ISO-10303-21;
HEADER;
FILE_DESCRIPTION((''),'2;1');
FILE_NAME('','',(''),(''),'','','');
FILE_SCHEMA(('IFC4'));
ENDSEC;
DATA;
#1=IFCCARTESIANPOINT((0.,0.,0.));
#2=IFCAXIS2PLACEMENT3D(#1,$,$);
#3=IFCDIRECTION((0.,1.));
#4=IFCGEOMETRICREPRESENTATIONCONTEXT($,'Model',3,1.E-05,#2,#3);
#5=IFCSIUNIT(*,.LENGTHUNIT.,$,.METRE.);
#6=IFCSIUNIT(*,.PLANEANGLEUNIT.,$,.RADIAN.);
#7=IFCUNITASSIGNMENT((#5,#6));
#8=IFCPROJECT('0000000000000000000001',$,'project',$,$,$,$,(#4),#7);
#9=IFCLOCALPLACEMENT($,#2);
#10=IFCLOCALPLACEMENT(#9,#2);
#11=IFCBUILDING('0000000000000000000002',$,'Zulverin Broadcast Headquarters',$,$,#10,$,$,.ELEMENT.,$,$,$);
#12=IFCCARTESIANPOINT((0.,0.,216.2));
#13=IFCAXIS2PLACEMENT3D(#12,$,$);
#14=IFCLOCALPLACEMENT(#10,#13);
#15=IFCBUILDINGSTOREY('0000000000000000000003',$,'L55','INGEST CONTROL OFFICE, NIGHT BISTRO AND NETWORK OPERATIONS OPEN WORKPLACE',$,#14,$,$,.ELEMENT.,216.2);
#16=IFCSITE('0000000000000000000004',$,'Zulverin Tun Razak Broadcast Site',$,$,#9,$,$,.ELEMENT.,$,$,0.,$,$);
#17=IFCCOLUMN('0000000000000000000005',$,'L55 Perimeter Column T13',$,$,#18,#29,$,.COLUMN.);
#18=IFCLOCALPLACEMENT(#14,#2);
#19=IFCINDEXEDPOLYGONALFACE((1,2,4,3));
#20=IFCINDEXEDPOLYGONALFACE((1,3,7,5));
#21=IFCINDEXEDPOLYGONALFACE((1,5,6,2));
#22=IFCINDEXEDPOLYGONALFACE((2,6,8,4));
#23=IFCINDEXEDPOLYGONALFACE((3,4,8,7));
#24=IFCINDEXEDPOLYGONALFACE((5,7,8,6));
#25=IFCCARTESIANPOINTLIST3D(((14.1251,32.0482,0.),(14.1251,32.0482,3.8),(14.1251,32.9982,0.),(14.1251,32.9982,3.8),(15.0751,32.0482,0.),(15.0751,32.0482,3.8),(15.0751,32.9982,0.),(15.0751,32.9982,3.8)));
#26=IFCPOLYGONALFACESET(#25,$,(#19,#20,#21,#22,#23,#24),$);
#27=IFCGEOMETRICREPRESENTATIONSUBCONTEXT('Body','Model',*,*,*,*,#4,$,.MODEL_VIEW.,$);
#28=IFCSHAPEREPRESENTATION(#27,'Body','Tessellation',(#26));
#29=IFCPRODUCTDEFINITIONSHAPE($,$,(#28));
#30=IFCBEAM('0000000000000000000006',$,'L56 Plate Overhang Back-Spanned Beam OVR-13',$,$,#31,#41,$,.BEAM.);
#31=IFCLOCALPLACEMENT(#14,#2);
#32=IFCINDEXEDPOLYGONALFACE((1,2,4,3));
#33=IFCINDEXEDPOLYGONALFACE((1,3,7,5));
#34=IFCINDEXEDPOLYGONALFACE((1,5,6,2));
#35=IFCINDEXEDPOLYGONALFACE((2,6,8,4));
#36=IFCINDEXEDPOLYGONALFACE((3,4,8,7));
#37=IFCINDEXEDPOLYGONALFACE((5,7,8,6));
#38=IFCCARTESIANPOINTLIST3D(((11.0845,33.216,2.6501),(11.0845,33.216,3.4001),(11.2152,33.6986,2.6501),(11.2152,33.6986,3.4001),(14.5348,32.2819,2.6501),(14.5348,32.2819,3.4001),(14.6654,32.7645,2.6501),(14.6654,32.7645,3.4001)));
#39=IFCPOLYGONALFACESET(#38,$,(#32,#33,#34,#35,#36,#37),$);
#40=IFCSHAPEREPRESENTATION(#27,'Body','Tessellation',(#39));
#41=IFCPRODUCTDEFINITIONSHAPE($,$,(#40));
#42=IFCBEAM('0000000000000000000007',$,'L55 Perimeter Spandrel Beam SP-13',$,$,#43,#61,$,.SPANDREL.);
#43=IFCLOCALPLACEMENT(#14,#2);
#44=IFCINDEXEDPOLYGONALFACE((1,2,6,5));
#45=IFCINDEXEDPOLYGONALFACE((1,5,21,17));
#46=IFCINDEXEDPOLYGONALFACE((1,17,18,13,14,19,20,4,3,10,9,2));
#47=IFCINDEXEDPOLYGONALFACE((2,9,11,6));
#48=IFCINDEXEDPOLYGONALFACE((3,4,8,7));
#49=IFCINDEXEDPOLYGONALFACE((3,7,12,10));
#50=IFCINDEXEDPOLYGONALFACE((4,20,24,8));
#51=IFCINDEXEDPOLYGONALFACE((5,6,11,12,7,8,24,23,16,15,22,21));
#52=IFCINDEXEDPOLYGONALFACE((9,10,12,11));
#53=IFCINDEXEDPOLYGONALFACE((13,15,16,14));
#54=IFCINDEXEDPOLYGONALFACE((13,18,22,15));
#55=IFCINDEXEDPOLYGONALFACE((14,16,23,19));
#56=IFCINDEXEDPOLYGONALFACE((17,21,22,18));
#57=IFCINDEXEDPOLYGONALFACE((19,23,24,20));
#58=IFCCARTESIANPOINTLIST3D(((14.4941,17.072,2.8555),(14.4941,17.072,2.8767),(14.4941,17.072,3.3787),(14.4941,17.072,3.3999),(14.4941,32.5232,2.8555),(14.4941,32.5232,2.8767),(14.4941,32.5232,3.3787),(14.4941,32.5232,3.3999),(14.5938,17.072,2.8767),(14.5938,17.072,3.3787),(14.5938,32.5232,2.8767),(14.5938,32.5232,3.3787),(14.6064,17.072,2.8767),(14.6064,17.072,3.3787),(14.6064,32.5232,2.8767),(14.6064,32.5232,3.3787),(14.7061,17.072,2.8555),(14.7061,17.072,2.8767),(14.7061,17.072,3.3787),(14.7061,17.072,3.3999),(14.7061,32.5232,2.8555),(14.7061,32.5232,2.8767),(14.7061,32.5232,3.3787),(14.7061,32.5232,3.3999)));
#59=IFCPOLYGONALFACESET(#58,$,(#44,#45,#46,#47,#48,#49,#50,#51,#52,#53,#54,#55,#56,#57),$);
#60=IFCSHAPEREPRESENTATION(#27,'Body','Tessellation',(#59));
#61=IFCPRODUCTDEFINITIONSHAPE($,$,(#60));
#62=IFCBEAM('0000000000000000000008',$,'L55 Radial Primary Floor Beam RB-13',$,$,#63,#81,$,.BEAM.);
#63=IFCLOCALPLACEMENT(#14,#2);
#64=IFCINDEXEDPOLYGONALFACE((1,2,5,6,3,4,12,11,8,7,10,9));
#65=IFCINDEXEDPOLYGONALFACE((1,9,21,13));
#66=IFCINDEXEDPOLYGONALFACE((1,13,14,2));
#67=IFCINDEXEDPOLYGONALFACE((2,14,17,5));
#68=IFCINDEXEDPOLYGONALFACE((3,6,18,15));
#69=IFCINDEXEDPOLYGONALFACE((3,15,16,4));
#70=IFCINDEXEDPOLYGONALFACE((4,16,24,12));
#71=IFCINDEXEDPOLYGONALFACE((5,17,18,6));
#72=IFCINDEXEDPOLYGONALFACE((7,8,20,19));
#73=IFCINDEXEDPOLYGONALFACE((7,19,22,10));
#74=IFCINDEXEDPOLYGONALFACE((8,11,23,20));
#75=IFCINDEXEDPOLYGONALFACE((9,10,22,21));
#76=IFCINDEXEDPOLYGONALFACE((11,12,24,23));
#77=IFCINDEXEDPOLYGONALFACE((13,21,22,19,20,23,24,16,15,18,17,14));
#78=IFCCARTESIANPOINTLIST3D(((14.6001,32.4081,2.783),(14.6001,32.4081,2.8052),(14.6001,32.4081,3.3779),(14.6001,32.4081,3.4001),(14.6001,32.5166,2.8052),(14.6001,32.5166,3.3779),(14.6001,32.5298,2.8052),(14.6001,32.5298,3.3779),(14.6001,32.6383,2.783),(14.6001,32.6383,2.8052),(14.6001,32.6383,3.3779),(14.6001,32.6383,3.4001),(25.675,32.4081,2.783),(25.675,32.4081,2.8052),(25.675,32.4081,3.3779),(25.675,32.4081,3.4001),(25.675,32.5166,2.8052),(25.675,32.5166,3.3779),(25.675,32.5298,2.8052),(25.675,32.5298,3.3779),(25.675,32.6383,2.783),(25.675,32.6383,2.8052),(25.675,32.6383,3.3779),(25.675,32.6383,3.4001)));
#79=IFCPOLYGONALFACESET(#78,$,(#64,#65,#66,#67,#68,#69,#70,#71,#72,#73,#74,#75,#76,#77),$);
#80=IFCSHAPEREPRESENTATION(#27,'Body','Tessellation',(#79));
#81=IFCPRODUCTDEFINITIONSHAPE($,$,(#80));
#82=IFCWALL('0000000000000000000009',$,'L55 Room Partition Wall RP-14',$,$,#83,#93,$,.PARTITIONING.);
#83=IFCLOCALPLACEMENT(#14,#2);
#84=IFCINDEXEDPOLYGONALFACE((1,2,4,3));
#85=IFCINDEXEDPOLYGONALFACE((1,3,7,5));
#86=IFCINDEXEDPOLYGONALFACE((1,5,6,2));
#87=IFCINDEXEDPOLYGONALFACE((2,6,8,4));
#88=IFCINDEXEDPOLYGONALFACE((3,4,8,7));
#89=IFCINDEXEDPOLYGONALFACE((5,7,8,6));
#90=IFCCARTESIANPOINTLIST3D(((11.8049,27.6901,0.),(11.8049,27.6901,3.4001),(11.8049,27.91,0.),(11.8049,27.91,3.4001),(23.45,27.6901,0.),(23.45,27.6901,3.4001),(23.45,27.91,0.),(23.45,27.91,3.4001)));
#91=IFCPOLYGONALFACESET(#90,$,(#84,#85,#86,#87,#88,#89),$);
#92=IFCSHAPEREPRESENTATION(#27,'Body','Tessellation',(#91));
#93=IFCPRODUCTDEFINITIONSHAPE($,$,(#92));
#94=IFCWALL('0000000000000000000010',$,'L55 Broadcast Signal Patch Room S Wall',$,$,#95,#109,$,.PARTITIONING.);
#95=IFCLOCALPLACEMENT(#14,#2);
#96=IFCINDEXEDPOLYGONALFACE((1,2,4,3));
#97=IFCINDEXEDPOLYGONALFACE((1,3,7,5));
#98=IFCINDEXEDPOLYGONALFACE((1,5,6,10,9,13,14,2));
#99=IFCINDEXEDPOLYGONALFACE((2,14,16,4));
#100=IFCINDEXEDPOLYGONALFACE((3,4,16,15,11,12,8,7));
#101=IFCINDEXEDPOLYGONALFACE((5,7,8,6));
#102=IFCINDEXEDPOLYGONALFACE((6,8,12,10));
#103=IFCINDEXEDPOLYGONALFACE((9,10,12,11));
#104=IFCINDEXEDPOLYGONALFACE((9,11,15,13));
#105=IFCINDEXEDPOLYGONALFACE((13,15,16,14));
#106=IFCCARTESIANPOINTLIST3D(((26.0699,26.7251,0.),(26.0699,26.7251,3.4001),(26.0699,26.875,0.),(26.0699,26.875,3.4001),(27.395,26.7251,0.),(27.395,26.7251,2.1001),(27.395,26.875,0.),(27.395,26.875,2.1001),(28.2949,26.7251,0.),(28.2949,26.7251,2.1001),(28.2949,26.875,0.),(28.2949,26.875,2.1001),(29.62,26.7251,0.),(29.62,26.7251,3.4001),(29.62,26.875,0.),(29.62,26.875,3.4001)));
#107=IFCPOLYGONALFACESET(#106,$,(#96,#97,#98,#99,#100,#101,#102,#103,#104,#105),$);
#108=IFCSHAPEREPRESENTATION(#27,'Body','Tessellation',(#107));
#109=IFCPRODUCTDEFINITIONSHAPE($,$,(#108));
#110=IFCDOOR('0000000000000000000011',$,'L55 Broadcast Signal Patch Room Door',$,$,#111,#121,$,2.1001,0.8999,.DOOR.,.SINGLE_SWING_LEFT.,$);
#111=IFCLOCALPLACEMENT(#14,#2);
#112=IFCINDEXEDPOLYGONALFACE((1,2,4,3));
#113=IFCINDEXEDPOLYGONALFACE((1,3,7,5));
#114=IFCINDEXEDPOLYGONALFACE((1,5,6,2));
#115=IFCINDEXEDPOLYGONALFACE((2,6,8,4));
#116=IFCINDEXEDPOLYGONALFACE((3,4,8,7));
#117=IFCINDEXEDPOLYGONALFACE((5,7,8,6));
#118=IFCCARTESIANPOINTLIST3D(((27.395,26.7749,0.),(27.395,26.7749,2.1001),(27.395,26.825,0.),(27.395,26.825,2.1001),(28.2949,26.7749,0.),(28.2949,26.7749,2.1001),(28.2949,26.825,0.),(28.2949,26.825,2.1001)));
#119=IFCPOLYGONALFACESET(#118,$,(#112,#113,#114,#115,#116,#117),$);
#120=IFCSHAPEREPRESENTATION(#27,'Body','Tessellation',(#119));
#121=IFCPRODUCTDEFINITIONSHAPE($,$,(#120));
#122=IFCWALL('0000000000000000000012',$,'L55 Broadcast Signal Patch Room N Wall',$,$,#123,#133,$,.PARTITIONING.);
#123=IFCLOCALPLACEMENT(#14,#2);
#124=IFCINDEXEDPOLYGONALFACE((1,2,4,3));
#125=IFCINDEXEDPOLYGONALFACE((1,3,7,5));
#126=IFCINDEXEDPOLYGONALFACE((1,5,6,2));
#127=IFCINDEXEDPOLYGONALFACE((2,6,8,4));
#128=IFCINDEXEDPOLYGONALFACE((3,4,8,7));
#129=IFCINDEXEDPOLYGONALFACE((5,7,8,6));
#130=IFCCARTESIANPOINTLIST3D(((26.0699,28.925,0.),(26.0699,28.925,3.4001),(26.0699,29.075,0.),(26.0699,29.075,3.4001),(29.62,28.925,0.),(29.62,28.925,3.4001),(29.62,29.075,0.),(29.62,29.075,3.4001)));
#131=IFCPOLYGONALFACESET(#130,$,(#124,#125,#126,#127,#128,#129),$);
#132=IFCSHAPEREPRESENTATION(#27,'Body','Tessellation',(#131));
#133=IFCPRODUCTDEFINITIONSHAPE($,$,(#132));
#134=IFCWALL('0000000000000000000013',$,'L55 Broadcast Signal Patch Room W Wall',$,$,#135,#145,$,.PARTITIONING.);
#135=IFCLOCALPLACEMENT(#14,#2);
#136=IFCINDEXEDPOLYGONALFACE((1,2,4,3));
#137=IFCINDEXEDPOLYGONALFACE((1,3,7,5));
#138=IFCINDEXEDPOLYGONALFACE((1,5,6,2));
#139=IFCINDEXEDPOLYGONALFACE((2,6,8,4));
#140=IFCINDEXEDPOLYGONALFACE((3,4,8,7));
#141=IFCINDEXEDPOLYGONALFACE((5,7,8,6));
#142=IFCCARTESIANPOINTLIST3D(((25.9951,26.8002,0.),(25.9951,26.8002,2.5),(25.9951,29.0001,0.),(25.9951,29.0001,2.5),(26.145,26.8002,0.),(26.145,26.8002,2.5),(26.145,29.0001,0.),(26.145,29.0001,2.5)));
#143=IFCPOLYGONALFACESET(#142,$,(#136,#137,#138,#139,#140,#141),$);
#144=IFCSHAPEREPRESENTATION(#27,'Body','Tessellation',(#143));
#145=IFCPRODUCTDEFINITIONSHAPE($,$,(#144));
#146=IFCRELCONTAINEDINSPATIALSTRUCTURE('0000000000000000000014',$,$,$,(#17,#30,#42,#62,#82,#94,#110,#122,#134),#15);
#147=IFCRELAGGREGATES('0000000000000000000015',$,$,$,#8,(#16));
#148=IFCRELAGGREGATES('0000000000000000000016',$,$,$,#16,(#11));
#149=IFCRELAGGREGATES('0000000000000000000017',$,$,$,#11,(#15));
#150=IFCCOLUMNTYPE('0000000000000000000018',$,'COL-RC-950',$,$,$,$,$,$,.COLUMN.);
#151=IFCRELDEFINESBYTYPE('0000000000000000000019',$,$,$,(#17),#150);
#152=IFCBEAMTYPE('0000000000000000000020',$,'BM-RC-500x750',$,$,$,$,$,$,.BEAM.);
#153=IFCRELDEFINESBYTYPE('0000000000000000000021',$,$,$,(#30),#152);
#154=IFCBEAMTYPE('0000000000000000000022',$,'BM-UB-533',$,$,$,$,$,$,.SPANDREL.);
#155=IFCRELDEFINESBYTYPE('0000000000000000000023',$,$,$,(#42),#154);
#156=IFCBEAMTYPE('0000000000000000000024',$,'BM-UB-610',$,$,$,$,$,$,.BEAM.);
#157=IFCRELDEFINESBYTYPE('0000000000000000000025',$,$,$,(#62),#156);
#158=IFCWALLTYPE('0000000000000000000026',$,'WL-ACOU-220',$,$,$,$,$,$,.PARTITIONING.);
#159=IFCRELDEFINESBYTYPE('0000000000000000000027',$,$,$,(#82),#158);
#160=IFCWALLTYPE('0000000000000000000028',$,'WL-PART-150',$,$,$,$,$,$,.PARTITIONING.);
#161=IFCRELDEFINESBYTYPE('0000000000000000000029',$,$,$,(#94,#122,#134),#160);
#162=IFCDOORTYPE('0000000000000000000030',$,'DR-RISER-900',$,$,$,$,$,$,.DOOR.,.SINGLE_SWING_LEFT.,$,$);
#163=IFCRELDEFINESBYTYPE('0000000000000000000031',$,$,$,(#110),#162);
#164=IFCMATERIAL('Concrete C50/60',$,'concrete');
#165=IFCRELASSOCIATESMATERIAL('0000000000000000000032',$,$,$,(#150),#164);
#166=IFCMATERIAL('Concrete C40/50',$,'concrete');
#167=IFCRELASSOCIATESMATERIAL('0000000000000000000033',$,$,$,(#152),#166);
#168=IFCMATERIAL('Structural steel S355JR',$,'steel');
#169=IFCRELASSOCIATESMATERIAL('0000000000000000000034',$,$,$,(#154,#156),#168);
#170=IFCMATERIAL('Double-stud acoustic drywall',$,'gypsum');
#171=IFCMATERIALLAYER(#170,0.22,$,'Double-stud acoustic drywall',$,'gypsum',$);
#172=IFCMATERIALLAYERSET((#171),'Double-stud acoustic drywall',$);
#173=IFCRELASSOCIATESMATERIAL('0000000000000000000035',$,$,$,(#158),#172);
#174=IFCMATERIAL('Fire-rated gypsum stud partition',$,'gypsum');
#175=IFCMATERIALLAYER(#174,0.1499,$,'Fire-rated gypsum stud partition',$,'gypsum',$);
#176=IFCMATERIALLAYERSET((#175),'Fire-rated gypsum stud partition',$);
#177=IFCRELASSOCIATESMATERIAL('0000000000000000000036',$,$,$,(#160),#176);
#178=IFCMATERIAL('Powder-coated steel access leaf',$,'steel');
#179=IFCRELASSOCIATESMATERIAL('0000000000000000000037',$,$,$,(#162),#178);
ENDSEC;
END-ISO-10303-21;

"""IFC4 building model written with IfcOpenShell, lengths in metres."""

from ifc_helpers import new_model, si_unit, direction, frame, frame_2d, origin, origin_2d, place, context, subcontext, project, spatial, rectangle, i_section, extrude, material, layer, layer_set, material_profile, profile_set, type_object, element, fill, save


model = new_model("IFC4")

# Units and contexts
model_context = context("Model", 3, precision=1e-05, world=origin(), true_north=direction((0.0, 1.0)))
body_context = subcontext(model_context, "Body", "Model", "MODEL_VIEW")
ifc_project = project(units=[si_unit("LENGTHUNIT", "METRE"), si_unit("PLANEANGLEUNIT", "RADIAN")], contexts=[model_context])

# Site, building, storey
site_placement = place(None, origin())
site = spatial("IfcSite", under=ifc_project, at=site_placement, Name="Zulverin Tun Razak Broadcast Site", CompositionType="ELEMENT", RefElevation=0.0)
building_placement = place(site_placement, origin())
building = spatial("IfcBuilding", under=site, at=building_placement, Name="Zulverin Broadcast Headquarters", CompositionType="ELEMENT")
storey_placement = place(building_placement, frame((0.0, 0.0, 216.2)))
storey = spatial("IfcBuildingStorey", under=building, at=storey_placement, Name="L55", Description="INGEST CONTROL OFFICE, NIGHT BISTRO AND NETWORK OPERATIONS OPEN WORKPLACE", CompositionType="ELEMENT", Elevation=216.2)

# Column
ifc_material_1 = material(Name="Concrete C50/60", Category="concrete")
ifc_material_profile_1 = material_profile(ifc_material_1, rectangle(XDim=0.95, YDim=0.95, at=origin_2d()), Name="Concrete C50/60", Category="concrete")
ifc_profile_set_1 = profile_set([ifc_material_profile_1], Name="Concrete C50/60")
column_type = type_object("IfcColumnType", Name="COL-RC-950", PredefinedType="COLUMN", material=ifc_profile_set_1)
column_placement = place(storey_placement, frame((14.6001, 32.5232, 0.0), z_axis=(0.0, 0.0, 1.0), x_axis=(1.0, 0.0, 0.0)))
element("IfcColumn", 1, at=column_placement, inside=storey, type_object=column_type, Name="L55 Perimeter Column T13", PredefinedType="COLUMN", context=body_context, shape_type="SweptSolid", body=[
    extrude(rectangle(XDim=0.95, YDim=0.95, at=origin_2d()), origin(), (0.0, 0.0, 1.0), 3.8),
])

# Beams
ifc_material_2 = material(Name="Concrete C40/50", Category="concrete")
ifc_material_profile_2 = material_profile(ifc_material_2, rectangle(XDim=0.5, YDim=0.75, at=origin_2d()), Name="Concrete C40/50", Category="concrete")
ifc_profile_set_2 = profile_set([ifc_material_profile_2], Name="Concrete C40/50")
beam_type_1 = type_object("IfcBeamType", Name="BM-RC-500x750", PredefinedType="BEAM", material=ifc_profile_set_2)
beam_1_placement = place(storey_placement, frame((14.6001, 32.5232, 3.0251), z_axis=(-0.965251, 0.261325, 0.0), x_axis=(-0.261325, -0.965251, 0.0)))
element("IfcBeam", 2, at=beam_1_placement, inside=storey, type_object=beam_type_1, Name="L56 Plate Overhang Back-Spanned Beam OVR-13", PredefinedType="BEAM", context=body_context, shape_type="SweptSolid", body=[
    extrude(rectangle(XDim=0.5, YDim=0.75, at=origin_2d()), origin(), (0.0, 0.0, 1.0), 3.5745),
])
ifc_material_3 = material(Name="Structural steel S355JR", Category="steel")
ifc_material_profile_3 = material_profile(ifc_material_3, i_section(OverallWidth=0.2119, OverallDepth=0.5444, WebThickness=0.0127, FlangeThickness=0.0212, at=origin_2d()), Name="Structural steel S355JR", Category="steel")
ifc_profile_set_3 = profile_set([ifc_material_profile_3], Name="Structural steel S355JR")
beam_type_2 = type_object("IfcBeamType", Name="BM-UB-533", PredefinedType="SPANDREL", material=ifc_profile_set_3)
beam_2_placement = place(storey_placement, frame((14.6001, 32.5232, 3.1277), z_axis=(0.0, -1.0, 0.0), x_axis=(1.0, 0.0, 0.0)))
element("IfcBeam", 3, at=beam_2_placement, inside=storey, type_object=beam_type_2, Name="L55 Perimeter Spandrel Beam SP-13", PredefinedType="SPANDREL", context=body_context, shape_type="SweptSolid", body=[
    extrude(i_section(OverallWidth=0.2119, OverallDepth=0.5444, WebThickness=0.0127, FlangeThickness=0.0212, at=origin_2d()), origin(), (0.0, 0.0, 1.0), 15.4512),
])
ifc_material_profile_4 = material_profile(ifc_material_3, i_section(OverallWidth=0.2302, OverallDepth=0.6172, WebThickness=0.0132, FlangeThickness=0.0222, at=origin_2d()), Name="Structural steel S355JR", Category="steel")
ifc_profile_set_4 = profile_set([ifc_material_profile_4], Name="Structural steel S355JR")
beam_type_3 = type_object("IfcBeamType", Name="BM-UB-610", PredefinedType="BEAM", material=ifc_profile_set_4)
beam_3_placement = place(storey_placement, frame((25.675, 32.5232, 3.0916), z_axis=(-1.0, 0.0, 0.0), x_axis=(0.0, -1.0, 0.0)))
element("IfcBeam", 4, at=beam_3_placement, inside=storey, type_object=beam_type_3, Name="L55 Radial Primary Floor Beam RB-13", PredefinedType="BEAM", context=body_context, shape_type="SweptSolid", body=[
    extrude(i_section(OverallWidth=0.2302, OverallDepth=0.6172, WebThickness=0.0132, FlangeThickness=0.0222, at=origin_2d()), origin(), (0.0, 0.0, 1.0), 11.075),
])

# Wall
ifc_material_4 = material(Name="Double-stud acoustic drywall", Category="gypsum")
ifc_layer_1 = layer(ifc_material_4, 0.22, Name="Double-stud acoustic drywall", Category="gypsum")
ifc_layer_set_1 = layer_set([ifc_layer_1], Name="Double-stud acoustic drywall")
wall_type_1 = type_object("IfcWallType", Name="WL-ACOU-220", PredefinedType="PARTITIONING", material=ifc_layer_set_1)
wall_1_placement = place(storey_placement, frame((11.8049, 27.8, 0.0), z_axis=(0.0, 0.0, 1.0), x_axis=(1.0, 0.0, 0.0)))
element("IfcWall", 5, at=wall_1_placement, inside=storey, type_object=wall_type_1, Name="L55 Room Partition Wall RP-14", PredefinedType="PARTITIONING", context=body_context, shape_type="SweptSolid", body=[
    extrude(rectangle(XDim=11.645, YDim=0.22, at=frame_2d((5.8225, 0.0))), origin(), (0.0, 0.0, 1.0), 3.4001),
])

# Wall, opening, door
ifc_material_5 = material(Name="Fire-rated gypsum stud partition", Category="gypsum")
ifc_layer_2 = layer(ifc_material_5, 0.1499, Name="Fire-rated gypsum stud partition", Category="gypsum")
ifc_layer_set_2 = layer_set([ifc_layer_2], Name="Fire-rated gypsum stud partition")
wall_type_2 = type_object("IfcWallType", Name="WL-PART-150", PredefinedType="PARTITIONING", material=ifc_layer_set_2)
wall_2_placement = place(storey_placement, frame((26.0701, 26.8, 0.0), z_axis=(0.0, 0.0, 1.0), x_axis=(1.0, 0.0, 0.0)))
wall_2 = element("IfcWall", 6, at=wall_2_placement, inside=storey, type_object=wall_type_2, Name="L55 Broadcast Signal Patch Room S Wall", PredefinedType="PARTITIONING", context=body_context, shape_type="SweptSolid", body=[
    extrude(rectangle(XDim=3.55, YDim=0.1499, at=frame_2d((1.7749, 0.0))), origin(), (0.0, 0.0, 1.0), 3.4001),
])
opening_1_placement = place(wall_2_placement, frame((1.325, 0.0, 0.0)))
opening_1 = element("IfcOpeningElement", 7, at=opening_1_placement, cuts=wall_2, PredefinedType="OPENING", context=body_context, shape_type="SweptSolid", body=[
    extrude(rectangle(XDim=0.8999, YDim=2.1001, at=frame_2d((0.45, 1.05))), frame((0.0, 0.085, 0.0), z_axis=(0.0, -1.0, 0.0), x_axis=(1.0, 0.0, 0.0)), (0.0, 0.0, 1.0), 0.1699),
])
ifc_material_6 = material(Name="Powder-coated steel access leaf", Category="steel")
door_type_1 = type_object("IfcDoorType", Name="DR-RISER-900", OperationType="SINGLE_SWING_LEFT", PredefinedType="DOOR", material=ifc_material_6)
door_1_placement = place(opening_1_placement, origin())
door_1 = element("IfcDoor", 8, at=door_1_placement, inside=storey, type_object=door_type_1, Name="L55 Broadcast Signal Patch Room Door", OperationType="SINGLE_SWING_LEFT", OverallHeight=2.1001, OverallWidth=0.8999, PredefinedType="DOOR", context=body_context, shape_type="SweptSolid", body=[
    extrude(rectangle(XDim=0.8999, YDim=2.1001, at=frame_2d((0.45, 1.05))), frame((0.0, 0.0249, 0.0), z_axis=(0.0, -1.0, 0.0), x_axis=(1.0, 0.0, 0.0)), (0.0, 0.0, 1.0), 0.05),
])
fill(opening_1, door_1)

# Walls
wall_3_placement = place(storey_placement, frame((26.0701, 29.0, 0.0), z_axis=(0.0, 0.0, 1.0), x_axis=(1.0, 0.0, 0.0)))
element("IfcWall", 9, at=wall_3_placement, inside=storey, type_object=wall_type_2, Name="L55 Broadcast Signal Patch Room N Wall", PredefinedType="PARTITIONING", context=body_context, shape_type="SweptSolid", body=[
    extrude(rectangle(XDim=3.55, YDim=0.1499, at=frame_2d((1.7749, 0.0))), origin(), (0.0, 0.0, 1.0), 3.4001),
])
wall_4_placement = place(storey_placement, frame((26.0701, 26.8, 0.0), z_axis=(0.0, 0.0, 1.0), x_axis=(0.0, 1.0, 0.0)))
element("IfcWall", 10, at=wall_4_placement, inside=storey, type_object=wall_type_2, Name="L55 Broadcast Signal Patch Room W Wall", PredefinedType="PARTITIONING", context=body_context, shape_type="SweptSolid", body=[
    extrude(rectangle(XDim=2.2, YDim=0.1499, at=frame_2d((1.1001, 0.0))), origin(), (0.0, 0.0, 1.0), 2.5),
])

save(model, "model.ifc")
